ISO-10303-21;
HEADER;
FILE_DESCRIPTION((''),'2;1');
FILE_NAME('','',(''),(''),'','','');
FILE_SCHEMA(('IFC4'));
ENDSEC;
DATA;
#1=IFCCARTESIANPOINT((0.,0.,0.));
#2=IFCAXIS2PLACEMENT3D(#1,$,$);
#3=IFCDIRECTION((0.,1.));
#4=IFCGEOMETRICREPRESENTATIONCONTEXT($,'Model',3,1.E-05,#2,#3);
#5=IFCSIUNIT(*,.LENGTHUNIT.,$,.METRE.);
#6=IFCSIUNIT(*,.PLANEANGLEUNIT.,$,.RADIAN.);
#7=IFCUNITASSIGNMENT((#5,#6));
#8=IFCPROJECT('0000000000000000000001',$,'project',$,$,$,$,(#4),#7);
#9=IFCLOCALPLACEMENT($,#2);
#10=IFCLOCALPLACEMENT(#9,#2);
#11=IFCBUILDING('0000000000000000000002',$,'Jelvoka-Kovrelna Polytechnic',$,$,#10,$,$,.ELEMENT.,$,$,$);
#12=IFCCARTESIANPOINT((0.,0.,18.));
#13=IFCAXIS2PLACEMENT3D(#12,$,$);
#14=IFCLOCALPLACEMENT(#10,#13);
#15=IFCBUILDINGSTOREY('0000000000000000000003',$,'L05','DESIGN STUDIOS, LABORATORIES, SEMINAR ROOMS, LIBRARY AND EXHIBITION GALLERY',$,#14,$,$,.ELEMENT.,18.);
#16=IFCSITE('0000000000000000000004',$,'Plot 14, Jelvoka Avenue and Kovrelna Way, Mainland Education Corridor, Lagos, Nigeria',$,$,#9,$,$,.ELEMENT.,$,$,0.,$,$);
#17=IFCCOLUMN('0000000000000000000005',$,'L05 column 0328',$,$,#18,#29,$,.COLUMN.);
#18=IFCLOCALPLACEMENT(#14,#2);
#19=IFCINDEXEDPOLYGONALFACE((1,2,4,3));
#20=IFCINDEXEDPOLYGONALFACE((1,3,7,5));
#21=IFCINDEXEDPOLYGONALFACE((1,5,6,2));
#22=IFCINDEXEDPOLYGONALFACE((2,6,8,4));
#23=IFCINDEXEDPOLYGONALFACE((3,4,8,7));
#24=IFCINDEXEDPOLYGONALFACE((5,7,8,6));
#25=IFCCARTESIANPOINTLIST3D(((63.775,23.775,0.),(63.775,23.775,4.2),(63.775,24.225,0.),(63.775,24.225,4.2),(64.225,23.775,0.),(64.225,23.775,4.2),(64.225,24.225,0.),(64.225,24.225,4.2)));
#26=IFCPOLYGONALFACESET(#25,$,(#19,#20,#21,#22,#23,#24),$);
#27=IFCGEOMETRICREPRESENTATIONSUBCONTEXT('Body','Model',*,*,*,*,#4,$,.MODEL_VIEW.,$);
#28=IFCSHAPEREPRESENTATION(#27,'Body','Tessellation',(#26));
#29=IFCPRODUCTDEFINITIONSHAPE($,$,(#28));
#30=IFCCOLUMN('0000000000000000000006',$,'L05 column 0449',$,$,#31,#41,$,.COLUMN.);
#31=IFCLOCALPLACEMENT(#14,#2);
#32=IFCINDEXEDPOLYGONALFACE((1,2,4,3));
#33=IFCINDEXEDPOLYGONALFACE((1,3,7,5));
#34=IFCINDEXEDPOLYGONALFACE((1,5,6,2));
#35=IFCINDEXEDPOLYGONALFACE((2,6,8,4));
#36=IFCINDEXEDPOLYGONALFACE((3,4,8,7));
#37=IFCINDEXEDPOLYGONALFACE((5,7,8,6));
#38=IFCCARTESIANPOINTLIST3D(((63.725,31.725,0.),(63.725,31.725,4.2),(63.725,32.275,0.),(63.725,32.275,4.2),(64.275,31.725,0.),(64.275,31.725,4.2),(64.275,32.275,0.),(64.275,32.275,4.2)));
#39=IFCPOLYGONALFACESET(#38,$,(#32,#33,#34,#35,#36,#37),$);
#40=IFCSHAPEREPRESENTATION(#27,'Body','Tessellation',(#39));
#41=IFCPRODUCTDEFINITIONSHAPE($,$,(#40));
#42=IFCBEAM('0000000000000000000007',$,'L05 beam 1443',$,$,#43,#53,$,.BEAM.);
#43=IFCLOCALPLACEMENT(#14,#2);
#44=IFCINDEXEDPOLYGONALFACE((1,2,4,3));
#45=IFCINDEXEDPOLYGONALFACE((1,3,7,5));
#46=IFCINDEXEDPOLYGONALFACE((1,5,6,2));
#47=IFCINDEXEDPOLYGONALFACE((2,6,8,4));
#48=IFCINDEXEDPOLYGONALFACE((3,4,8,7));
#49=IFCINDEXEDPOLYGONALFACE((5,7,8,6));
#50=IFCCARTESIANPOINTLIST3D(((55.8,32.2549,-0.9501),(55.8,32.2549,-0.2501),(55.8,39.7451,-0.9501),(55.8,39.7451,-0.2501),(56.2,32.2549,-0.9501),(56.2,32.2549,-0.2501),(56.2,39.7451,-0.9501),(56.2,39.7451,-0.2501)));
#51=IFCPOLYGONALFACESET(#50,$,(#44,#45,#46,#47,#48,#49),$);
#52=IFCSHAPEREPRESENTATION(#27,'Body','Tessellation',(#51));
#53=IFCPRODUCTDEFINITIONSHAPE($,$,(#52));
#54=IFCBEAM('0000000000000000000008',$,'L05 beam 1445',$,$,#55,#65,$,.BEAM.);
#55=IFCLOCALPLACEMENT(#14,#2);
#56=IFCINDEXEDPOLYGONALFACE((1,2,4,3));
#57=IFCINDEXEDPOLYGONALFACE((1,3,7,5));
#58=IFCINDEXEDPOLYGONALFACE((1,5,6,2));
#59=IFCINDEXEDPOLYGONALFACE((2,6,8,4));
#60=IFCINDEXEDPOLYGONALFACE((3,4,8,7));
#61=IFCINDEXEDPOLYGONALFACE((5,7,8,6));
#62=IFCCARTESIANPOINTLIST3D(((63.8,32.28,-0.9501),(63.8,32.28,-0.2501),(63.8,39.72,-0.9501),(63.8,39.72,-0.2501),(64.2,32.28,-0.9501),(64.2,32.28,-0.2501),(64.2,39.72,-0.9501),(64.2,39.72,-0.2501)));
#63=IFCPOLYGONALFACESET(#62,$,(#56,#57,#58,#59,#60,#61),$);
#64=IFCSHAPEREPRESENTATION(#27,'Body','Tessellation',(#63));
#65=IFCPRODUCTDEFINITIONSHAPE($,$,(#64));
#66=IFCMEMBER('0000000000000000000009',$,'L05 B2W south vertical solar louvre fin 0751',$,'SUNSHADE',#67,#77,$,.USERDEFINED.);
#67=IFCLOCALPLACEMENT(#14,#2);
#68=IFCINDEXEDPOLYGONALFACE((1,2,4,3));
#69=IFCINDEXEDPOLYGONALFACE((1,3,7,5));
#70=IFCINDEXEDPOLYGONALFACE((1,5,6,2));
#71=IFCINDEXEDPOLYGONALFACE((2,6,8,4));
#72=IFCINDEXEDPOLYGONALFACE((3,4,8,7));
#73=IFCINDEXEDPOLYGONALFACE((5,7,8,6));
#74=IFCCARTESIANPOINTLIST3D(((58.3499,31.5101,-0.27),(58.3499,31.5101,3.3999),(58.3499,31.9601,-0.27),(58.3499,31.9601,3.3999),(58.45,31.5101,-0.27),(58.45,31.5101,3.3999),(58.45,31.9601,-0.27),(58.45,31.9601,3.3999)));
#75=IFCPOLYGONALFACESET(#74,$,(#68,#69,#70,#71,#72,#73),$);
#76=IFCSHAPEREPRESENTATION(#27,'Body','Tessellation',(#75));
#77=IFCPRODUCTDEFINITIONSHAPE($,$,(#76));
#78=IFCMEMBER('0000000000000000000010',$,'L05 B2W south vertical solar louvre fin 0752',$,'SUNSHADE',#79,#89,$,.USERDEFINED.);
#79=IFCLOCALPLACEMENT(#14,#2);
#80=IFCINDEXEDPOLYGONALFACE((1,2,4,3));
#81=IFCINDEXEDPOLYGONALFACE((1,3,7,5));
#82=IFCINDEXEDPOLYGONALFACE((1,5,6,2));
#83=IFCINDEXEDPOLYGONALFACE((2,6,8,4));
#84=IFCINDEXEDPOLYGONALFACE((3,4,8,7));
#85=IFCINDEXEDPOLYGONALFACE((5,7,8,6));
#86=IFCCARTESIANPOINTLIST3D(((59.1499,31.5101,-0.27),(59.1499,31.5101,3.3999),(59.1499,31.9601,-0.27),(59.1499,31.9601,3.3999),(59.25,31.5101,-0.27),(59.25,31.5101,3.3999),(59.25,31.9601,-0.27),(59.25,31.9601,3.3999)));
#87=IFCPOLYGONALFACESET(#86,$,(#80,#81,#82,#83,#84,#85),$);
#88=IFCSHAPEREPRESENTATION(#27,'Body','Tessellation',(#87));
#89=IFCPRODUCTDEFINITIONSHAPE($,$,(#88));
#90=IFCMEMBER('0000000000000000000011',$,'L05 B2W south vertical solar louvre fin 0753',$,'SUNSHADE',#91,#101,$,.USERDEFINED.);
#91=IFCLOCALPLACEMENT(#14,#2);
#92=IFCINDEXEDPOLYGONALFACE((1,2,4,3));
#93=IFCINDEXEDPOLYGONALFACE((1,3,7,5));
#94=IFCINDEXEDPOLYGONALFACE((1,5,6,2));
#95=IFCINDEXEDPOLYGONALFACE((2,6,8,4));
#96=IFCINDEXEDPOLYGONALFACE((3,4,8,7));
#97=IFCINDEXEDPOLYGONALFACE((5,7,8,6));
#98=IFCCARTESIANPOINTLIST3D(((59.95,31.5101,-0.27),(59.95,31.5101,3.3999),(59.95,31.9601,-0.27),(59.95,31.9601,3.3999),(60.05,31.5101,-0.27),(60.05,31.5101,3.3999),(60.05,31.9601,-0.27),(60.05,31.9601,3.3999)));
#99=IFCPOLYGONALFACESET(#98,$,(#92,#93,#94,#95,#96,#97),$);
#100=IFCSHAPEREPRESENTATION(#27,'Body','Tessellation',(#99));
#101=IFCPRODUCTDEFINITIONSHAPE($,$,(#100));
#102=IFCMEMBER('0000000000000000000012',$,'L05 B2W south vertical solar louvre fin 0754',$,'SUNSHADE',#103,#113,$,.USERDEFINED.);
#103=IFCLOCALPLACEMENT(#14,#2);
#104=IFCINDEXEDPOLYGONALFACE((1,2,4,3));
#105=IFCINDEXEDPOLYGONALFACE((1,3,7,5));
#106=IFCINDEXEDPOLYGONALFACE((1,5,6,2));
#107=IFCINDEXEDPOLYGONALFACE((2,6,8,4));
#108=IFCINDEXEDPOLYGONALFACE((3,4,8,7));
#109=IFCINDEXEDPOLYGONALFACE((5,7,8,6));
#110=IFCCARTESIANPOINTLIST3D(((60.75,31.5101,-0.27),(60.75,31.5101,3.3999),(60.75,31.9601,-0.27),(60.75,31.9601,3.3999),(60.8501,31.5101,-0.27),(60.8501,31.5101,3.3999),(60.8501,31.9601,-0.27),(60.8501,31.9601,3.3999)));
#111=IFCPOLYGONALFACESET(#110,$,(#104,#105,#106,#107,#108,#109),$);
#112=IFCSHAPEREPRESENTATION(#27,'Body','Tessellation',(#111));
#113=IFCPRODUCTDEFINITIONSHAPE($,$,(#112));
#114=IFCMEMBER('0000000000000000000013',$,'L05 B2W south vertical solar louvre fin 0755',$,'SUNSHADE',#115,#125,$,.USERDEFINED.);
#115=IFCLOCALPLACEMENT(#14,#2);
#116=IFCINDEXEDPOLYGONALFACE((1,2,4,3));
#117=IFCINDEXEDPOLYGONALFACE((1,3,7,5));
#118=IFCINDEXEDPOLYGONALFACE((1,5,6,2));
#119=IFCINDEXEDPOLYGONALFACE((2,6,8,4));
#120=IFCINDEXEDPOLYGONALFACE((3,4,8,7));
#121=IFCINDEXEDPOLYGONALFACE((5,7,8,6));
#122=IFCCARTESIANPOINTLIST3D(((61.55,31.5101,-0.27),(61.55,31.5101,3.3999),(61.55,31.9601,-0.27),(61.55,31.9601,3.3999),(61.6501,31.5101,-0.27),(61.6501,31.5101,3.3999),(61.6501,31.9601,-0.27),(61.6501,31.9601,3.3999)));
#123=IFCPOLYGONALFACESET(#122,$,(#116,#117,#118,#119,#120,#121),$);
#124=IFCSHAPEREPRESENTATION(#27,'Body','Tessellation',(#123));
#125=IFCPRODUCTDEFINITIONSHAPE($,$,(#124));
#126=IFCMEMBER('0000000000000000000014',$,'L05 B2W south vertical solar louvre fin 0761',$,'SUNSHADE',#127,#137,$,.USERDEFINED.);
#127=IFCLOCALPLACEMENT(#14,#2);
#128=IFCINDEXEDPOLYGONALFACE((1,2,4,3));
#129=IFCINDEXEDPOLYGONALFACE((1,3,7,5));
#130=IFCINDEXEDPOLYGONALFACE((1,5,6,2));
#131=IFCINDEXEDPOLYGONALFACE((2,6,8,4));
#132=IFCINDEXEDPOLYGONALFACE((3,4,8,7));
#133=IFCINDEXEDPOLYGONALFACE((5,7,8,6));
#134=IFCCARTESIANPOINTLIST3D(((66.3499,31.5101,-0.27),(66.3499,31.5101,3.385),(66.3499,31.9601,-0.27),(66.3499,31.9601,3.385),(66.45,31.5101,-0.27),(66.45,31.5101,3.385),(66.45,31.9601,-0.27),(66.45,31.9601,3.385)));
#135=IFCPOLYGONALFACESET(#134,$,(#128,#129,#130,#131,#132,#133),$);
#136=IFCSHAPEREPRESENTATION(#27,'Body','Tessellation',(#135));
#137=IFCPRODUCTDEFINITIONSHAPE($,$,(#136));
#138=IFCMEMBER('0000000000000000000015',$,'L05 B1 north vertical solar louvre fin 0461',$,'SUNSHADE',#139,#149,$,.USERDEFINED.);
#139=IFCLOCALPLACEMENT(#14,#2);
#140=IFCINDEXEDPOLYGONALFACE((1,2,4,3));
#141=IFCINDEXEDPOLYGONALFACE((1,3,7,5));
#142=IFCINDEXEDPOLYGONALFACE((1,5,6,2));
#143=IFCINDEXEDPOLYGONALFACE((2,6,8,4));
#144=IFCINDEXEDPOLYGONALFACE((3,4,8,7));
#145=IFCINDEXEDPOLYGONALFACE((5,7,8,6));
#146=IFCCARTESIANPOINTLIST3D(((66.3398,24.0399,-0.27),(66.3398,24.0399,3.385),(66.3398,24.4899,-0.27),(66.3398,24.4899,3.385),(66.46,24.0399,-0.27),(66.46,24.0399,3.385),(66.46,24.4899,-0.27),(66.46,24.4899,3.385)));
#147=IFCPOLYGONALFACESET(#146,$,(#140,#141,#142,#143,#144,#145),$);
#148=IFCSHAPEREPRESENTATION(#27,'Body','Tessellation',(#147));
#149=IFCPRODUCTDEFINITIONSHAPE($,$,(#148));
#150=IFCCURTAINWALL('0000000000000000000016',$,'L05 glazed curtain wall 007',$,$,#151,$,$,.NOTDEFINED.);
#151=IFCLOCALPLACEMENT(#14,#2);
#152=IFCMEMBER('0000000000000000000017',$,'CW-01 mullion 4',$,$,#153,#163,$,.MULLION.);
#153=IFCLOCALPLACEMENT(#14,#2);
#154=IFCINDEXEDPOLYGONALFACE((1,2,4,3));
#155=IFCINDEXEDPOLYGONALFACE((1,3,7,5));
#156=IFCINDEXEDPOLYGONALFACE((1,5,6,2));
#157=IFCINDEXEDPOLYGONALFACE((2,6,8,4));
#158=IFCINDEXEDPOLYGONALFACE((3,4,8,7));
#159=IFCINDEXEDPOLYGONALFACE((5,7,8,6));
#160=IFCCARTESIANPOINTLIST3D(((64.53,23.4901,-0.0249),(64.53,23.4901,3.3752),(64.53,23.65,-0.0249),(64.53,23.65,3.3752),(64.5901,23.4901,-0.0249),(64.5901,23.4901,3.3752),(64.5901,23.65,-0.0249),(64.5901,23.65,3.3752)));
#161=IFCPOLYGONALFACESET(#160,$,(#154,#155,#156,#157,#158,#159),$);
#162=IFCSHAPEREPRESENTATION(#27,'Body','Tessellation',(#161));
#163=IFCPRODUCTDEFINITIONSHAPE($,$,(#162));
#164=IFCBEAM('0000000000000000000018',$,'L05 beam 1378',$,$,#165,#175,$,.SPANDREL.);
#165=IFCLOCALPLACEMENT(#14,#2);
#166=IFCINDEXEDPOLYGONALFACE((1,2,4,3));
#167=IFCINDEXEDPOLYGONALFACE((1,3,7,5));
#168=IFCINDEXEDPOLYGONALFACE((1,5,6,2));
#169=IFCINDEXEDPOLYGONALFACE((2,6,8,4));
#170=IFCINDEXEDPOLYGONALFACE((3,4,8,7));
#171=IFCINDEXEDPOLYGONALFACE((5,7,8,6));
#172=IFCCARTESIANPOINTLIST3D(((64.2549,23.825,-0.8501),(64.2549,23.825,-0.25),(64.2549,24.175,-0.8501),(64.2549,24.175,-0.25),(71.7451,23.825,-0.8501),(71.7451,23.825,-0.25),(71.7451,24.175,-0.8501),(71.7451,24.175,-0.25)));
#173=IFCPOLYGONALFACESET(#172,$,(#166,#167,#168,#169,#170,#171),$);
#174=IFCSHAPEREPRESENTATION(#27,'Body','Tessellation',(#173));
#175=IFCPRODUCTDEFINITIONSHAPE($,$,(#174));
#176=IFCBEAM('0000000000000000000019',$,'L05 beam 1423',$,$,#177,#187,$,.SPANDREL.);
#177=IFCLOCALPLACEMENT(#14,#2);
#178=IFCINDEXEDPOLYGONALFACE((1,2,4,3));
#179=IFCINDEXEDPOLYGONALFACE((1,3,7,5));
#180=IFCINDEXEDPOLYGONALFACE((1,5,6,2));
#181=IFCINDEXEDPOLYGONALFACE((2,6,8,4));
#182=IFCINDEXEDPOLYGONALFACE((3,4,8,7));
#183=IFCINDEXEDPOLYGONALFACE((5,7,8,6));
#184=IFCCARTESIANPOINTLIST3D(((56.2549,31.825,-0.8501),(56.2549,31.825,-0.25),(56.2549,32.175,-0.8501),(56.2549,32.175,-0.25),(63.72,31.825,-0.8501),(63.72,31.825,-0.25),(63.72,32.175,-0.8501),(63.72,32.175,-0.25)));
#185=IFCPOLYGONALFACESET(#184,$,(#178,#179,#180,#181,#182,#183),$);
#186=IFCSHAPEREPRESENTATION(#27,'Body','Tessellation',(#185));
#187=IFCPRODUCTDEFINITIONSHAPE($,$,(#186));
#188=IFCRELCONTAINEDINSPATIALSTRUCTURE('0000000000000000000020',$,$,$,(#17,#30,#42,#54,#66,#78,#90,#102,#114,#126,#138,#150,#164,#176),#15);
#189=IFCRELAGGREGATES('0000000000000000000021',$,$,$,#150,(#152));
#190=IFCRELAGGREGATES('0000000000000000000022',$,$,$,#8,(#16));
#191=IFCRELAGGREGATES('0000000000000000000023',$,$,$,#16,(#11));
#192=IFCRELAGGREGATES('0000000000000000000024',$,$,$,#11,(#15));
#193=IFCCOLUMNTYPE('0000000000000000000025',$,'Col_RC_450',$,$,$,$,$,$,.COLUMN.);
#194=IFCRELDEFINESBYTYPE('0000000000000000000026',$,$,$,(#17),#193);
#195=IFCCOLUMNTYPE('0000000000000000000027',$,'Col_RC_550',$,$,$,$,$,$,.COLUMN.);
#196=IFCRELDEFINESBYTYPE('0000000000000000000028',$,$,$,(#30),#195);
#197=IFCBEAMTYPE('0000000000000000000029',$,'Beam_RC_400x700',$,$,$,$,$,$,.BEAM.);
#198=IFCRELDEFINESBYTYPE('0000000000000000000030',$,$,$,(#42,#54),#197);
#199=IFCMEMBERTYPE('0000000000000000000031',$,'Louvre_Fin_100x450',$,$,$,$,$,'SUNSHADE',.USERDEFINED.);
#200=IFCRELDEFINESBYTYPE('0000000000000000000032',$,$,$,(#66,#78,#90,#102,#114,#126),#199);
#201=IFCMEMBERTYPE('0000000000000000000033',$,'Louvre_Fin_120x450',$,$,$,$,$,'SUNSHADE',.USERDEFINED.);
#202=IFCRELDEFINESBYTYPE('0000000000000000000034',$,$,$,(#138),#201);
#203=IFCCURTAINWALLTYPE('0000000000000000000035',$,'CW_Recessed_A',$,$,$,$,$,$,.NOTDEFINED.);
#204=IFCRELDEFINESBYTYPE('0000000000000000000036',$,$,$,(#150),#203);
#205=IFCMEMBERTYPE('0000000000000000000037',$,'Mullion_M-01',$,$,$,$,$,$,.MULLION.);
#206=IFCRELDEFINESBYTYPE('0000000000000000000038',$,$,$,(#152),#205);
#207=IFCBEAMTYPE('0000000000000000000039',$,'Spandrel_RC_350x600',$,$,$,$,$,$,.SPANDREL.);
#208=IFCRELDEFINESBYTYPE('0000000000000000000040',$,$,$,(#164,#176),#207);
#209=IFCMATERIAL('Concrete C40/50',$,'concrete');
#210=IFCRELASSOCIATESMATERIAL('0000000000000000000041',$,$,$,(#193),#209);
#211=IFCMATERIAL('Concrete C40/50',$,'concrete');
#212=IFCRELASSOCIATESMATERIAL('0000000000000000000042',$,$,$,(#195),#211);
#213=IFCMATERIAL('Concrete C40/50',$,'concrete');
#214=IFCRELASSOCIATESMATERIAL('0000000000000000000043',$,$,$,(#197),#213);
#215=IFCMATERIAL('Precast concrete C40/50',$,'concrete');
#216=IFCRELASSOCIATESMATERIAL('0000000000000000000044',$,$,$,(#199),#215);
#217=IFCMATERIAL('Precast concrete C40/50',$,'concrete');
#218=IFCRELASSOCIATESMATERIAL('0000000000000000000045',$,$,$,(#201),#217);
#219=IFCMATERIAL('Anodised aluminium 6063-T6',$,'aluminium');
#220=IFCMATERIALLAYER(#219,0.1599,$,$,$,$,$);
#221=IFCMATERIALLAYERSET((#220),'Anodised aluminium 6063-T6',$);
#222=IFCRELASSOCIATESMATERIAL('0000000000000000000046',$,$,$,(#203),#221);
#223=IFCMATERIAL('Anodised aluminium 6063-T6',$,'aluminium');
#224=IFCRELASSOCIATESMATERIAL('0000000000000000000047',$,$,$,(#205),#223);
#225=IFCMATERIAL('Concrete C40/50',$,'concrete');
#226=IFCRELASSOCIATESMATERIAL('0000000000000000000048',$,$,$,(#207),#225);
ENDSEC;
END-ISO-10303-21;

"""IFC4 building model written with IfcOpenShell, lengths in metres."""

from ifc_helpers import new_model, si_unit, direction, frame, origin, origin_2d, place, context, subcontext, project, spatial, rectangle, extrude, material, layer, layer_set, material_profile, profile_set, type_object, element, aggregate, save


model = new_model("IFC4")

# Units and contexts
model_context = context("Model", 3, precision=1e-05, world=origin(), true_north=direction((0.0, 1.0)))
body_context = subcontext(model_context, "Body", "Model", "MODEL_VIEW")
ifc_project = project(units=[si_unit("LENGTHUNIT", "METRE"), si_unit("PLANEANGLEUNIT", "RADIAN")], contexts=[model_context])

# Site, building, storey
site_placement = place(None, origin())
site = spatial("IfcSite", under=ifc_project, at=site_placement, Name="Plot 14, Jelvoka Avenue and Kovrelna Way, Mainland Education Corridor, Lagos, Nigeria", CompositionType="ELEMENT", RefElevation=0.0)
building_placement = place(site_placement, origin())
building = spatial("IfcBuilding", under=site, at=building_placement, Name="Jelvoka-Kovrelna Polytechnic", CompositionType="ELEMENT")
storey_placement = place(building_placement, frame((0.0, 0.0, 18.0)))
storey = spatial("IfcBuildingStorey", under=building, at=storey_placement, Name="L05", Description="DESIGN STUDIOS, LABORATORIES, SEMINAR ROOMS, LIBRARY AND EXHIBITION GALLERY", CompositionType="ELEMENT", Elevation=18.0)

# Columns
ifc_material_1 = material(Name="Concrete C40/50", Category="concrete")
ifc_material_profile_1 = material_profile(ifc_material_1, rectangle(XDim=0.45, YDim=0.45, at=origin_2d()), Name="RC 450x450")
ifc_profile_set_1 = profile_set([ifc_material_profile_1], Name="Concrete C40/50")
column_type_1 = type_object("IfcColumnType", Name="Col_RC_450", PredefinedType="COLUMN", material=ifc_profile_set_1)
column_1_placement = place(storey_placement, frame((64.0, 24.0, 0.0), z_axis=(0.0, 0.0, 1.0), x_axis=(1.0, 0.0, 0.0)))
element("IfcColumn", 1, at=column_1_placement, inside=storey, type_object=column_type_1, Name="L05 column 0328", PredefinedType="COLUMN", context=body_context, shape_type="SweptSolid", body=[
    extrude(rectangle(XDim=0.45, YDim=0.45, at=origin_2d()), origin(), (0.0, 0.0, 1.0), 4.2),
])
ifc_material_2 = material(Name="Concrete C40/50", Category="concrete")
ifc_material_profile_2 = material_profile(ifc_material_2, rectangle(XDim=0.55, YDim=0.55, at=origin_2d()), Name="RC 550x550")
ifc_profile_set_2 = profile_set([ifc_material_profile_2], Name="Concrete C40/50")
column_type_2 = type_object("IfcColumnType", Name="Col_RC_550", PredefinedType="COLUMN", material=ifc_profile_set_2)
column_2_placement = place(storey_placement, frame((64.0, 32.0, 0.0), z_axis=(0.0, 0.0, 1.0), x_axis=(1.0, 0.0, 0.0)))
element("IfcColumn", 2, at=column_2_placement, inside=storey, type_object=column_type_2, Name="L05 column 0449", PredefinedType="COLUMN", context=body_context, shape_type="SweptSolid", body=[
    extrude(rectangle(XDim=0.55, YDim=0.55, at=origin_2d()), origin(), (0.0, 0.0, 1.0), 4.2),
])

# Beams
ifc_material_3 = material(Name="Concrete C40/50", Category="concrete")
ifc_material_profile_3 = material_profile(ifc_material_3, rectangle(XDim=0.3999, YDim=0.7, at=origin_2d()), Name="RC 400x700")
ifc_profile_set_3 = profile_set([ifc_material_profile_3], Name="Concrete C40/50")
beam_type_1 = type_object("IfcBeamType", Name="Beam_RC_400x700", PredefinedType="BEAM", material=ifc_profile_set_3)
beam_1_placement = place(storey_placement, frame((56.0, 32.2549, -0.6001), z_axis=(0.0, 1.0, 0.0), x_axis=(-1.0, 0.0, 0.0)))
element("IfcBeam", 3, at=beam_1_placement, inside=storey, type_object=beam_type_1, Name="L05 beam 1443", PredefinedType="BEAM", context=body_context, shape_type="SweptSolid", body=[
    extrude(rectangle(XDim=0.3999, YDim=0.7, at=origin_2d()), origin(), (0.0, 0.0, 1.0), 7.4902),
])
beam_2_placement = place(storey_placement, frame((64.0, 32.28, -0.6001), z_axis=(0.0, 1.0, 0.0), x_axis=(-1.0, 0.0, 0.0)))
element("IfcBeam", 4, at=beam_2_placement, inside=storey, type_object=beam_type_1, Name="L05 beam 1445", PredefinedType="BEAM", context=body_context, shape_type="SweptSolid", body=[
    extrude(rectangle(XDim=0.3999, YDim=0.7, at=origin_2d()), origin(), (0.0, 0.0, 1.0), 7.4399),
])

# Members
ifc_material_4 = material(Name="Precast concrete C40/50", Category="concrete")
ifc_material_profile_4 = material_profile(ifc_material_4, rectangle(XDim=0.1001, YDim=0.45, at=origin_2d()), Name="PC 100x450")
ifc_profile_set_4 = profile_set([ifc_material_profile_4], Name="Precast concrete C40/50")
member_type_1 = type_object("IfcMemberType", Name="Louvre_Fin_100x450", ElementType="SUNSHADE", PredefinedType="USERDEFINED", material=ifc_profile_set_4)
for number, where, z_axis, x_axis, name in (
    (5, (58.3999, 31.7351, -0.27), (0.0, 0.0, 1.0), (1.0, 0.0, 0.0), "L05 B2W south vertical solar louvre fin 0751"),
    (6, (59.2, 31.7351, -0.27), (0.0, 0.0, 1.0), (1.0, 0.0, 0.0), "L05 B2W south vertical solar louvre fin 0752"),
    (7, (60.0, 31.7351, -0.27), (0.0, 0.0, 1.0), (1.0, 0.0, 0.0), "L05 B2W south vertical solar louvre fin 0753"),
    (8, (60.8, 31.7351, -0.27), (0.0, 0.0, 1.0), (1.0, 0.0, 0.0), "L05 B2W south vertical solar louvre fin 0754"),
    (9, (61.6001, 31.7351, -0.27), (0.0, 0.0, 1.0), (1.0, 0.0, 0.0), "L05 B2W south vertical solar louvre fin 0755"),
):
    element("IfcMember", number, at=place(storey_placement, frame(where, z_axis=z_axis, x_axis=x_axis)), inside=storey, type_object=member_type_1, Name=name, ObjectType="SUNSHADE", PredefinedType="USERDEFINED", context=body_context, shape_type="SweptSolid", body=[
        extrude(rectangle(XDim=0.1001, YDim=0.45, at=origin_2d()), origin(), (0.0, 0.0, 1.0), 3.6699),
    ])
member_1_placement = place(storey_placement, frame((66.3999, 31.7351, -0.27), z_axis=(0.0, 0.0, 1.0), x_axis=(1.0, 0.0, 0.0)))
element("IfcMember", 10, at=member_1_placement, inside=storey, type_object=member_type_1, Name="L05 B2W south vertical solar louvre fin 0761", ObjectType="SUNSHADE", PredefinedType="USERDEFINED", context=body_context, shape_type="SweptSolid", body=[
    extrude(rectangle(XDim=0.1001, YDim=0.45, at=origin_2d()), origin(), (0.0, 0.0, 1.0), 3.655),
])
ifc_material_5 = material(Name="Precast concrete C40/50", Category="concrete")
ifc_material_profile_5 = material_profile(ifc_material_5, rectangle(XDim=0.1201, YDim=0.45, at=origin_2d()), Name="PC 120x450")
ifc_profile_set_5 = profile_set([ifc_material_profile_5], Name="Precast concrete C40/50")
member_type_2 = type_object("IfcMemberType", Name="Louvre_Fin_120x450", ElementType="SUNSHADE", PredefinedType="USERDEFINED", material=ifc_profile_set_5)
member_2_placement = place(storey_placement, frame((66.3999, 24.2649, -0.27), z_axis=(0.0, 0.0, 1.0), x_axis=(1.0, 0.0, 0.0)))
element("IfcMember", 11, at=member_2_placement, inside=storey, type_object=member_type_2, Name="L05 B1 north vertical solar louvre fin 0461", ObjectType="SUNSHADE", PredefinedType="USERDEFINED", context=body_context, shape_type="SweptSolid", body=[
    extrude(rectangle(XDim=0.1201, YDim=0.45, at=origin_2d()), origin(), (0.0, 0.0, 1.0), 3.655),
])

# Curtain wall, member
ifc_material_6 = material(Name="Anodised aluminium 6063-T6", Category="aluminium")
ifc_layer_1 = layer(ifc_material_6, 0.1599)
ifc_layer_set_1 = layer_set([ifc_layer_1], Name="Anodised aluminium 6063-T6")
curtain_wall_type = type_object("IfcCurtainWallType", Name="CW_Recessed_A", PredefinedType="NOTDEFINED", material=ifc_layer_set_1)
curtain_wall_placement = place(storey_placement, origin())
curtain_wall = element("IfcCurtainWall", 12, at=curtain_wall_placement, inside=storey, type_object=curtain_wall_type, Name="L05 glazed curtain wall 007", PredefinedType="NOTDEFINED")
ifc_material_7 = material(Name="Anodised aluminium 6063-T6", Category="aluminium")
ifc_material_profile_6 = material_profile(ifc_material_7, rectangle(XDim=0.0601, YDim=0.1599, at=origin_2d()), Name="ALU 60x160")
ifc_profile_set_6 = profile_set([ifc_material_profile_6], Name="Anodised aluminium 6063-T6")
member_type_3 = type_object("IfcMemberType", Name="Mullion_M-01", PredefinedType="MULLION", material=ifc_profile_set_6)
member_3_placement = place(storey_placement, frame((64.5601, 23.5701, -0.0249), z_axis=(0.0, 0.0, 1.0), x_axis=(-1.0, 0.0, 0.0)))
member_3 = element("IfcMember", 13, at=member_3_placement, type_object=member_type_3, Name="CW-01 mullion 4", PredefinedType="MULLION", context=body_context, shape_type="SweptSolid", body=[
    extrude(rectangle(XDim=0.0601, YDim=0.1599, at=origin_2d()), origin(), (0.0, 0.0, 1.0), 3.4001),
])
aggregate(curtain_wall, [member_3])

# Beams
ifc_material_8 = material(Name="Concrete C40/50", Category="concrete")
ifc_material_profile_7 = material_profile(ifc_material_8, rectangle(XDim=0.3501, YDim=0.6001, at=origin_2d()), Name="RC 350x600")
ifc_profile_set_7 = profile_set([ifc_material_profile_7], Name="Concrete C40/50")
beam_type_2 = type_object("IfcBeamType", Name="Spandrel_RC_350x600", PredefinedType="SPANDREL", material=ifc_profile_set_7)
beam_3_placement = place(storey_placement, frame((64.2549, 24.0, -0.55), z_axis=(1.0, 0.0, 0.0), x_axis=(0.0, 1.0, 0.0)))
element("IfcBeam", 14, at=beam_3_placement, inside=storey, type_object=beam_type_2, Name="L05 beam 1378", PredefinedType="SPANDREL", context=body_context, shape_type="SweptSolid", body=[
    extrude(rectangle(XDim=0.3501, YDim=0.6001, at=origin_2d()), origin(), (0.0, 0.0, 1.0), 7.4902),
])
beam_4_placement = place(storey_placement, frame((56.2549, 32.0, -0.55), z_axis=(1.0, 0.0, 0.0), x_axis=(0.0, 1.0, 0.0)))
element("IfcBeam", 15, at=beam_4_placement, inside=storey, type_object=beam_type_2, Name="L05 beam 1423", PredefinedType="SPANDREL", context=body_context, shape_type="SweptSolid", body=[
    extrude(rectangle(XDim=0.3501, YDim=0.6001, at=origin_2d()), origin(), (0.0, 0.0, 1.0), 7.4651),
])

save(model, "model.ifc")
